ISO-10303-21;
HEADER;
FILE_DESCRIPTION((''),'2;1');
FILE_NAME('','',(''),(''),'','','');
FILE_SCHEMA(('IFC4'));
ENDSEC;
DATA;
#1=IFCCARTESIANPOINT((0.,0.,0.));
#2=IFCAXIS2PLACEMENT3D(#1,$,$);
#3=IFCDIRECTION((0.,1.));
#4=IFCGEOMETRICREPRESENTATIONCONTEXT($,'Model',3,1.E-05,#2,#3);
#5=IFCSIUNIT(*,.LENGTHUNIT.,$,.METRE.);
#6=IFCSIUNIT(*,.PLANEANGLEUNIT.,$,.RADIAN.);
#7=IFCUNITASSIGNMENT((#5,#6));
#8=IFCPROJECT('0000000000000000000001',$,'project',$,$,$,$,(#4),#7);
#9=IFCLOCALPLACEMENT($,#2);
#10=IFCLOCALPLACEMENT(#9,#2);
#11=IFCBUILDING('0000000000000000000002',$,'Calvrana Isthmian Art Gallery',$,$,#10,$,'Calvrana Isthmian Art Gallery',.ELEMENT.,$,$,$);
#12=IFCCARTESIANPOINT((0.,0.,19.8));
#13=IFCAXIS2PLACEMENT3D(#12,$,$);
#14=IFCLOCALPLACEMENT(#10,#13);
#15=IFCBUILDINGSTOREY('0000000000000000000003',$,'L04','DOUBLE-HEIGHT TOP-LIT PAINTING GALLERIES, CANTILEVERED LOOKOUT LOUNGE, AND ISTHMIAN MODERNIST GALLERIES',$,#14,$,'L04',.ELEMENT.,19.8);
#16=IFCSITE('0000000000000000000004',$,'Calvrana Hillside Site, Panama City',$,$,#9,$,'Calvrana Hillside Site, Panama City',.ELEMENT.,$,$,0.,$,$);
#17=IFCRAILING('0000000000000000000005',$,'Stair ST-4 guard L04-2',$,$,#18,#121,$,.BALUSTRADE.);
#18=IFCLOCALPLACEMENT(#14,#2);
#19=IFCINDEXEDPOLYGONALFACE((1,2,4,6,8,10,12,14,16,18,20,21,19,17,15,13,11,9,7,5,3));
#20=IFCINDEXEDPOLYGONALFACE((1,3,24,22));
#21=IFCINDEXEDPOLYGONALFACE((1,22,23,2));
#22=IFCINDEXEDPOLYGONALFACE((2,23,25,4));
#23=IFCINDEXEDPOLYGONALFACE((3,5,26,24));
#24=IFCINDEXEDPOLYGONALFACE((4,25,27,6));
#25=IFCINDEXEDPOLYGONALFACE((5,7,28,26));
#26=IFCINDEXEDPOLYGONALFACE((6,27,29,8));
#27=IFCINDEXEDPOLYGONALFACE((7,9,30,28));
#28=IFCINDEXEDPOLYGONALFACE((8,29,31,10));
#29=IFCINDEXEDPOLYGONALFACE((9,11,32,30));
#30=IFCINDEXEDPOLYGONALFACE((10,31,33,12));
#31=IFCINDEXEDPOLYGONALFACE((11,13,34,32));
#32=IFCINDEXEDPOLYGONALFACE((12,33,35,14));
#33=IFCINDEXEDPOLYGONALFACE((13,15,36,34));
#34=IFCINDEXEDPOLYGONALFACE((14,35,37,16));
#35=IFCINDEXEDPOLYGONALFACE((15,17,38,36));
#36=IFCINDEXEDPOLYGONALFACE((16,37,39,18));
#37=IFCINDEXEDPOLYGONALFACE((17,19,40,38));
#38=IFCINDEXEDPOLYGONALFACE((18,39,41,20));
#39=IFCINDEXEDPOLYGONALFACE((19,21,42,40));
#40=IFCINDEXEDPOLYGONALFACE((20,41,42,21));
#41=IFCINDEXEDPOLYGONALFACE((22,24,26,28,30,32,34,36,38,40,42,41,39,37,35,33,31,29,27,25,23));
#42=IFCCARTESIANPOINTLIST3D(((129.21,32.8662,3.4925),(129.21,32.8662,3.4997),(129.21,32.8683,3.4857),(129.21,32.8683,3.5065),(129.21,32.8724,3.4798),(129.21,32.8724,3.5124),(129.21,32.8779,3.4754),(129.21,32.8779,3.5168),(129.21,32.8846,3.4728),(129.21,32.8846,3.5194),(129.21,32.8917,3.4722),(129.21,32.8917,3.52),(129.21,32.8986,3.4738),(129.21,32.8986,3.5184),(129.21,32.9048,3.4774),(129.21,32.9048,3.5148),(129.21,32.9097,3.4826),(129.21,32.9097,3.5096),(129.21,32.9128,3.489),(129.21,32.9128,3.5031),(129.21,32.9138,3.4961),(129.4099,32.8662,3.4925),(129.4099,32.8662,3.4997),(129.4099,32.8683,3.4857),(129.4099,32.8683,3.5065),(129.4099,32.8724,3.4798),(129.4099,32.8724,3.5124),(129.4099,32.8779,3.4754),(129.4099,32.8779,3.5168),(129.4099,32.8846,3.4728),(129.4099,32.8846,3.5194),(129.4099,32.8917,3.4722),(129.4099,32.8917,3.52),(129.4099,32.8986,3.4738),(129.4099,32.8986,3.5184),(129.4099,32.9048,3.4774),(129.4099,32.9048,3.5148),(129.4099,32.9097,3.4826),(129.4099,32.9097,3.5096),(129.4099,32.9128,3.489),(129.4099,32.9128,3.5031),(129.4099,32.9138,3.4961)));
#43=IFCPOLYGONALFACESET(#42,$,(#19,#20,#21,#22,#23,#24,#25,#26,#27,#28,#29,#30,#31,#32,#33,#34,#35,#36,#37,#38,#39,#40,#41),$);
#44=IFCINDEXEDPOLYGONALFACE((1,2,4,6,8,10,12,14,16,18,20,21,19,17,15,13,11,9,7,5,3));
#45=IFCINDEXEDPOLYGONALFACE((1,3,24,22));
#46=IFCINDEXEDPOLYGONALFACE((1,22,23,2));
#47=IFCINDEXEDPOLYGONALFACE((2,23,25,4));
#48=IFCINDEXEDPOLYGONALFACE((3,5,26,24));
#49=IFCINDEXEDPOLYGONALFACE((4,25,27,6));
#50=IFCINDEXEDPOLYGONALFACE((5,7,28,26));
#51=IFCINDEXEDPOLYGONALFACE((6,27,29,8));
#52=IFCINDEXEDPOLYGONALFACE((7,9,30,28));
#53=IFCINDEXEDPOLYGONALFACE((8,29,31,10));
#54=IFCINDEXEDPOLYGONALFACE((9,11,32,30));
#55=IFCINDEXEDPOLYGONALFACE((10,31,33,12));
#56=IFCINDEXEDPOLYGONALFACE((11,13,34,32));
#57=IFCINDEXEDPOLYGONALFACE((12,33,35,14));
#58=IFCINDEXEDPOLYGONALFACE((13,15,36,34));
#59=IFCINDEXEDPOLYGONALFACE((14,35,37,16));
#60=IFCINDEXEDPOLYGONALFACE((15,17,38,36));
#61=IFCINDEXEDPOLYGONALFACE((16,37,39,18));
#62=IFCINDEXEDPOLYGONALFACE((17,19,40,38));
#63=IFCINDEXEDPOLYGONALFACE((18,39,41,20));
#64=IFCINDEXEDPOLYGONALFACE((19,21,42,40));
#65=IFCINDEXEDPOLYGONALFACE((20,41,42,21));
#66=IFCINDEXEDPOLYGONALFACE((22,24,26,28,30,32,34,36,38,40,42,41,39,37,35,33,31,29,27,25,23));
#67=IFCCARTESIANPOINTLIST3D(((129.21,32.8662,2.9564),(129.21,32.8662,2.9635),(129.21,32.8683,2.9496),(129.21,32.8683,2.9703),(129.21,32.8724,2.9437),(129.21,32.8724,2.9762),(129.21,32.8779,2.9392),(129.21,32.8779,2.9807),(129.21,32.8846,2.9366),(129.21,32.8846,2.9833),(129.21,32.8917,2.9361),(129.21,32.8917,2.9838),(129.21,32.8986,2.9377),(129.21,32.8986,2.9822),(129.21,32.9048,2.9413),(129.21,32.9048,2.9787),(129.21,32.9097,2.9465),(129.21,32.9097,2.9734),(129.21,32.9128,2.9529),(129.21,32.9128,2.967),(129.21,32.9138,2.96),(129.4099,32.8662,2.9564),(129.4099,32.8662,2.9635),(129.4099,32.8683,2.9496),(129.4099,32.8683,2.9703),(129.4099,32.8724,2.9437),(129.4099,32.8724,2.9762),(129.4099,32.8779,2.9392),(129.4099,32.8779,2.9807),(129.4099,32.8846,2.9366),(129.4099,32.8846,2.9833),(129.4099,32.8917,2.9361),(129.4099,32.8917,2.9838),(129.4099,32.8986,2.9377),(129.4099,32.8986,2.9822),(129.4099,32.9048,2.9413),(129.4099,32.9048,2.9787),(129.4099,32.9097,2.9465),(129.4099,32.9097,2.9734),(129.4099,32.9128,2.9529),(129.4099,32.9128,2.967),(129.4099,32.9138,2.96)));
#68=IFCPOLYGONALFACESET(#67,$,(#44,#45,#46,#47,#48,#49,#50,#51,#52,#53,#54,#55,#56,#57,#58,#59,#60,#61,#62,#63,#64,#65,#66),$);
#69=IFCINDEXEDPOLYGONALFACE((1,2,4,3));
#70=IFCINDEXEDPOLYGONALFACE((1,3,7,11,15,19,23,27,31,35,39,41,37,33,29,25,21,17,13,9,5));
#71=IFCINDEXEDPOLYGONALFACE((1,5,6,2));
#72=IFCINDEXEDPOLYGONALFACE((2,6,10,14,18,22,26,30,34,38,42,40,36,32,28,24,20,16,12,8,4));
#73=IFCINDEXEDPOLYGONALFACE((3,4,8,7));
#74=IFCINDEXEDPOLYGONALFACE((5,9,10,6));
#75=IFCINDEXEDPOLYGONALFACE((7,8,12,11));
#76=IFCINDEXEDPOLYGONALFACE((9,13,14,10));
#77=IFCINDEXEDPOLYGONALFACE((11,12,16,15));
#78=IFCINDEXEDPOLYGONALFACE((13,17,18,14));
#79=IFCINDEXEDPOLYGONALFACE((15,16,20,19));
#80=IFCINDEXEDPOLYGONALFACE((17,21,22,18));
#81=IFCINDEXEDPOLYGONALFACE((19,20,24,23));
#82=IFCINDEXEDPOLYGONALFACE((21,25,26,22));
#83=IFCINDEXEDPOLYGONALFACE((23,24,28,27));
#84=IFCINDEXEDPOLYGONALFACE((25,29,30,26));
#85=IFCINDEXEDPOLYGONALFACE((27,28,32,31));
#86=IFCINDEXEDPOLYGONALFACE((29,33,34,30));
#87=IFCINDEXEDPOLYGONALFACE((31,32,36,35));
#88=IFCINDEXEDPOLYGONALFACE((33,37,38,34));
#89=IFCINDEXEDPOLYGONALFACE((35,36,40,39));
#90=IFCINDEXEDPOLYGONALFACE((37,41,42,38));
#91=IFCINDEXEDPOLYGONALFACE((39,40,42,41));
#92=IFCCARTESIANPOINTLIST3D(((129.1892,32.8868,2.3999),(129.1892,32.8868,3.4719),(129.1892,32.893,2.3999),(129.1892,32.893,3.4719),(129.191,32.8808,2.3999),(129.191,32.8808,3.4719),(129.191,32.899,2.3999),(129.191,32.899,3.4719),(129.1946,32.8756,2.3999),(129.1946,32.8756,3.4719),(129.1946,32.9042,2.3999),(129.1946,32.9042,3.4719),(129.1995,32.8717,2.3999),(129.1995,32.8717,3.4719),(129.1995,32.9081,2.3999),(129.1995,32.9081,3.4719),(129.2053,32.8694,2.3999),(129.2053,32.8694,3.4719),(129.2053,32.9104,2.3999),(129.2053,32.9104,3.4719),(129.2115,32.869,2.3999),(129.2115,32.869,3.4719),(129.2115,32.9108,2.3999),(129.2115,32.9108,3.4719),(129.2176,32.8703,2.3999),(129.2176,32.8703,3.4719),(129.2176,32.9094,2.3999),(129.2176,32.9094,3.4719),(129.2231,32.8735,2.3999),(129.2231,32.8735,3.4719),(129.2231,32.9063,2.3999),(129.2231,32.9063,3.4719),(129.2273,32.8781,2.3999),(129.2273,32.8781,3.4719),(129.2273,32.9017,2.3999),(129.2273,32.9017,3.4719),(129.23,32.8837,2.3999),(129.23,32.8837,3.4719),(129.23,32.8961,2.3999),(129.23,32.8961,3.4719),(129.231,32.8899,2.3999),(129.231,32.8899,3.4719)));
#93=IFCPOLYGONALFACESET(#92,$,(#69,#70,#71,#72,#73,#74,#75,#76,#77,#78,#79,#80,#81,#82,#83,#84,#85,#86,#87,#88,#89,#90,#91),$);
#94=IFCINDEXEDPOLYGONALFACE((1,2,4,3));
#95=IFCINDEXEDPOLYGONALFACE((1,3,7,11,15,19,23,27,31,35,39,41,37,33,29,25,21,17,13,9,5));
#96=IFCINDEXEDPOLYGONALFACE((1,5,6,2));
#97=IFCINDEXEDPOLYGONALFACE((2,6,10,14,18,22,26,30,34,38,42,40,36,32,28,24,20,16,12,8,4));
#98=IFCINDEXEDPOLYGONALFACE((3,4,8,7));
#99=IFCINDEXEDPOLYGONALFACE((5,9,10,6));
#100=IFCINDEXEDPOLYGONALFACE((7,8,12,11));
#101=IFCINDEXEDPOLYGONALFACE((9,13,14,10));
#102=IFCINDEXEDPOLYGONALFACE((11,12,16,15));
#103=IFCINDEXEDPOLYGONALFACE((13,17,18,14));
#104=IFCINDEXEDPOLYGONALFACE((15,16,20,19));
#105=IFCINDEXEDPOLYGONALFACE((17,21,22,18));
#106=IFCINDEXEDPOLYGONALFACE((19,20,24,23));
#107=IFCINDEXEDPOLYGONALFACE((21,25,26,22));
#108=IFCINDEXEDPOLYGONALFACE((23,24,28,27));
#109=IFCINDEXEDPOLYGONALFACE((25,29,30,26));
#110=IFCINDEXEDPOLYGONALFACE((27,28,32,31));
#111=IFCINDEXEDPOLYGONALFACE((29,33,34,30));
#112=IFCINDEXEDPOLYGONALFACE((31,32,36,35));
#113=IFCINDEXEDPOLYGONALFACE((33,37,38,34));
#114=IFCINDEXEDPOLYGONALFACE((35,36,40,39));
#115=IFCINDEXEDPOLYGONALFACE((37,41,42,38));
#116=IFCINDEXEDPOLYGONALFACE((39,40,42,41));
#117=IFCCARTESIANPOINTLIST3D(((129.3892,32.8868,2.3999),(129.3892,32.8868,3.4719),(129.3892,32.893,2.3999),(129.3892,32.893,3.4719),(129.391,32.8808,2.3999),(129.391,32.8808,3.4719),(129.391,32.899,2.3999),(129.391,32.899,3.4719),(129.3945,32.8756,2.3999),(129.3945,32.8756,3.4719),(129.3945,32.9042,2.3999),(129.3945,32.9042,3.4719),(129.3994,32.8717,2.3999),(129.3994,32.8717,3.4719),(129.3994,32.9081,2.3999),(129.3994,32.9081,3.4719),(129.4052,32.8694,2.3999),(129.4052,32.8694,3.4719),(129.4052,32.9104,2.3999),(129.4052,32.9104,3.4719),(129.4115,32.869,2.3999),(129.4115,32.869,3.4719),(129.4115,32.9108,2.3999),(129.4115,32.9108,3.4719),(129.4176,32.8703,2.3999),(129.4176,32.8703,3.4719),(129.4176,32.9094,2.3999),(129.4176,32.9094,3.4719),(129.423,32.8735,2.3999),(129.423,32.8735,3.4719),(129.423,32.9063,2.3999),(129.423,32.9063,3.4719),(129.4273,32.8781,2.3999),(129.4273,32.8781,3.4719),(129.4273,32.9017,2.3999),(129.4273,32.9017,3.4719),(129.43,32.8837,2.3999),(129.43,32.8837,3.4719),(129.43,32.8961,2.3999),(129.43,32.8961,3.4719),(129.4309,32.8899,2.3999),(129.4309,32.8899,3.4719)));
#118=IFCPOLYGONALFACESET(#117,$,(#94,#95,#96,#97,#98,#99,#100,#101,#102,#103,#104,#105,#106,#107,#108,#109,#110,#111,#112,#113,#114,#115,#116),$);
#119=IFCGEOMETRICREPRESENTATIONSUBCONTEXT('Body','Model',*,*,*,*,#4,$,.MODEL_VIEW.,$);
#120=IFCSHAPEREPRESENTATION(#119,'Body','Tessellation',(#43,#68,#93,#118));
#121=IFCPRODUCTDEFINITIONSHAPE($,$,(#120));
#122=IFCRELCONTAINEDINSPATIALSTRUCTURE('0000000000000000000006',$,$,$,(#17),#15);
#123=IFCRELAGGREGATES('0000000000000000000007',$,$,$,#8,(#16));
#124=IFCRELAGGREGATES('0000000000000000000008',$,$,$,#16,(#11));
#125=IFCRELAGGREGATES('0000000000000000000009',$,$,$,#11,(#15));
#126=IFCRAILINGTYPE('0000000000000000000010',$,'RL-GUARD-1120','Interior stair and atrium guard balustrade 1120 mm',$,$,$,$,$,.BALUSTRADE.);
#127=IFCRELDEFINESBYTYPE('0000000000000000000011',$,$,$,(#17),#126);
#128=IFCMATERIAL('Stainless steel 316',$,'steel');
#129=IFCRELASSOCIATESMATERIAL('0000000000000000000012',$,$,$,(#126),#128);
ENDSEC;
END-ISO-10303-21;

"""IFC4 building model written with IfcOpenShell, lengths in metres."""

from ifc_helpers import new_model, si_unit, direction, frame, origin, origin_2d, place, context, subcontext, project, spatial, circle, extrude, material, type_object, element, save


model = new_model("IFC4")

# Units and contexts
model_context = context("Model", 3, precision=1e-05, world=origin(), true_north=direction((0.0, 1.0)))
body_context = subcontext(model_context, "Body", "Model", "MODEL_VIEW")
ifc_project = project(units=[si_unit("LENGTHUNIT", "METRE"), si_unit("PLANEANGLEUNIT", "RADIAN")], contexts=[model_context])

# Site, building, storey
site_placement = place(None, origin())
site = spatial("IfcSite", under=ifc_project, at=site_placement, Name="Calvrana Hillside Site, Panama City", LongName="Calvrana Hillside Site, Panama City", CompositionType="ELEMENT", RefElevation=0.0)
building_placement = place(site_placement, origin())
building = spatial("IfcBuilding", under=site, at=building_placement, Name="Calvrana Isthmian Art Gallery", LongName="Calvrana Isthmian Art Gallery", CompositionType="ELEMENT")
storey_placement = place(building_placement, frame((0.0, 0.0, 19.8)))
storey = spatial("IfcBuildingStorey", under=building, at=storey_placement, Name="L04", Description="DOUBLE-HEIGHT TOP-LIT PAINTING GALLERIES, CANTILEVERED LOOKOUT LOUNGE, AND ISTHMIAN MODERNIST GALLERIES", LongName="L04", CompositionType="ELEMENT", Elevation=19.8)

# Shared definitions
ifc_material_1 = material(Name="Stainless steel 316", Category="steel")

# Railing
railing_type_1 = type_object("IfcRailingType", Name="RL-GUARD-1120", Description="Interior stair and atrium guard balustrade 1120 mm", PredefinedType="BALUSTRADE", material=ifc_material_1)
railing_1_placement = place(storey_placement, frame((129.21, 32.8899, 2.3999)))
element("IfcRailing", 1, at=railing_1_placement, inside=storey, type_object=railing_type_1, Name="Stair ST-4 guard L04-2", PredefinedType="BALUSTRADE", context=body_context, shape_type="SweptSolid", body=[
    extrude(circle(Radius=0.0239, at=origin_2d()), frame((0.0, 0.0, 1.0962), z_axis=(1.0, 0.0, 0.0), x_axis=(0.0, 1.0, 0.0)), (0.0, 0.0, 1.0), 0.2),
    extrude(circle(Radius=0.0239, at=origin_2d()), frame((0.0, 0.0, 0.5601), z_axis=(1.0, 0.0, 0.0), x_axis=(0.0, 1.0, 0.0)), (0.0, 0.0, 1.0), 0.2),
    extrude(circle(Radius=0.021, at=origin_2d()), origin(), (0.0, 0.0, 1.0), 1.072),
    extrude(circle(Radius=0.021, at=origin_2d()), frame((0.2, 0.0, 0.0)), (0.0, 0.0, 1.0), 1.072),
])

save(model, "model.ifc")
